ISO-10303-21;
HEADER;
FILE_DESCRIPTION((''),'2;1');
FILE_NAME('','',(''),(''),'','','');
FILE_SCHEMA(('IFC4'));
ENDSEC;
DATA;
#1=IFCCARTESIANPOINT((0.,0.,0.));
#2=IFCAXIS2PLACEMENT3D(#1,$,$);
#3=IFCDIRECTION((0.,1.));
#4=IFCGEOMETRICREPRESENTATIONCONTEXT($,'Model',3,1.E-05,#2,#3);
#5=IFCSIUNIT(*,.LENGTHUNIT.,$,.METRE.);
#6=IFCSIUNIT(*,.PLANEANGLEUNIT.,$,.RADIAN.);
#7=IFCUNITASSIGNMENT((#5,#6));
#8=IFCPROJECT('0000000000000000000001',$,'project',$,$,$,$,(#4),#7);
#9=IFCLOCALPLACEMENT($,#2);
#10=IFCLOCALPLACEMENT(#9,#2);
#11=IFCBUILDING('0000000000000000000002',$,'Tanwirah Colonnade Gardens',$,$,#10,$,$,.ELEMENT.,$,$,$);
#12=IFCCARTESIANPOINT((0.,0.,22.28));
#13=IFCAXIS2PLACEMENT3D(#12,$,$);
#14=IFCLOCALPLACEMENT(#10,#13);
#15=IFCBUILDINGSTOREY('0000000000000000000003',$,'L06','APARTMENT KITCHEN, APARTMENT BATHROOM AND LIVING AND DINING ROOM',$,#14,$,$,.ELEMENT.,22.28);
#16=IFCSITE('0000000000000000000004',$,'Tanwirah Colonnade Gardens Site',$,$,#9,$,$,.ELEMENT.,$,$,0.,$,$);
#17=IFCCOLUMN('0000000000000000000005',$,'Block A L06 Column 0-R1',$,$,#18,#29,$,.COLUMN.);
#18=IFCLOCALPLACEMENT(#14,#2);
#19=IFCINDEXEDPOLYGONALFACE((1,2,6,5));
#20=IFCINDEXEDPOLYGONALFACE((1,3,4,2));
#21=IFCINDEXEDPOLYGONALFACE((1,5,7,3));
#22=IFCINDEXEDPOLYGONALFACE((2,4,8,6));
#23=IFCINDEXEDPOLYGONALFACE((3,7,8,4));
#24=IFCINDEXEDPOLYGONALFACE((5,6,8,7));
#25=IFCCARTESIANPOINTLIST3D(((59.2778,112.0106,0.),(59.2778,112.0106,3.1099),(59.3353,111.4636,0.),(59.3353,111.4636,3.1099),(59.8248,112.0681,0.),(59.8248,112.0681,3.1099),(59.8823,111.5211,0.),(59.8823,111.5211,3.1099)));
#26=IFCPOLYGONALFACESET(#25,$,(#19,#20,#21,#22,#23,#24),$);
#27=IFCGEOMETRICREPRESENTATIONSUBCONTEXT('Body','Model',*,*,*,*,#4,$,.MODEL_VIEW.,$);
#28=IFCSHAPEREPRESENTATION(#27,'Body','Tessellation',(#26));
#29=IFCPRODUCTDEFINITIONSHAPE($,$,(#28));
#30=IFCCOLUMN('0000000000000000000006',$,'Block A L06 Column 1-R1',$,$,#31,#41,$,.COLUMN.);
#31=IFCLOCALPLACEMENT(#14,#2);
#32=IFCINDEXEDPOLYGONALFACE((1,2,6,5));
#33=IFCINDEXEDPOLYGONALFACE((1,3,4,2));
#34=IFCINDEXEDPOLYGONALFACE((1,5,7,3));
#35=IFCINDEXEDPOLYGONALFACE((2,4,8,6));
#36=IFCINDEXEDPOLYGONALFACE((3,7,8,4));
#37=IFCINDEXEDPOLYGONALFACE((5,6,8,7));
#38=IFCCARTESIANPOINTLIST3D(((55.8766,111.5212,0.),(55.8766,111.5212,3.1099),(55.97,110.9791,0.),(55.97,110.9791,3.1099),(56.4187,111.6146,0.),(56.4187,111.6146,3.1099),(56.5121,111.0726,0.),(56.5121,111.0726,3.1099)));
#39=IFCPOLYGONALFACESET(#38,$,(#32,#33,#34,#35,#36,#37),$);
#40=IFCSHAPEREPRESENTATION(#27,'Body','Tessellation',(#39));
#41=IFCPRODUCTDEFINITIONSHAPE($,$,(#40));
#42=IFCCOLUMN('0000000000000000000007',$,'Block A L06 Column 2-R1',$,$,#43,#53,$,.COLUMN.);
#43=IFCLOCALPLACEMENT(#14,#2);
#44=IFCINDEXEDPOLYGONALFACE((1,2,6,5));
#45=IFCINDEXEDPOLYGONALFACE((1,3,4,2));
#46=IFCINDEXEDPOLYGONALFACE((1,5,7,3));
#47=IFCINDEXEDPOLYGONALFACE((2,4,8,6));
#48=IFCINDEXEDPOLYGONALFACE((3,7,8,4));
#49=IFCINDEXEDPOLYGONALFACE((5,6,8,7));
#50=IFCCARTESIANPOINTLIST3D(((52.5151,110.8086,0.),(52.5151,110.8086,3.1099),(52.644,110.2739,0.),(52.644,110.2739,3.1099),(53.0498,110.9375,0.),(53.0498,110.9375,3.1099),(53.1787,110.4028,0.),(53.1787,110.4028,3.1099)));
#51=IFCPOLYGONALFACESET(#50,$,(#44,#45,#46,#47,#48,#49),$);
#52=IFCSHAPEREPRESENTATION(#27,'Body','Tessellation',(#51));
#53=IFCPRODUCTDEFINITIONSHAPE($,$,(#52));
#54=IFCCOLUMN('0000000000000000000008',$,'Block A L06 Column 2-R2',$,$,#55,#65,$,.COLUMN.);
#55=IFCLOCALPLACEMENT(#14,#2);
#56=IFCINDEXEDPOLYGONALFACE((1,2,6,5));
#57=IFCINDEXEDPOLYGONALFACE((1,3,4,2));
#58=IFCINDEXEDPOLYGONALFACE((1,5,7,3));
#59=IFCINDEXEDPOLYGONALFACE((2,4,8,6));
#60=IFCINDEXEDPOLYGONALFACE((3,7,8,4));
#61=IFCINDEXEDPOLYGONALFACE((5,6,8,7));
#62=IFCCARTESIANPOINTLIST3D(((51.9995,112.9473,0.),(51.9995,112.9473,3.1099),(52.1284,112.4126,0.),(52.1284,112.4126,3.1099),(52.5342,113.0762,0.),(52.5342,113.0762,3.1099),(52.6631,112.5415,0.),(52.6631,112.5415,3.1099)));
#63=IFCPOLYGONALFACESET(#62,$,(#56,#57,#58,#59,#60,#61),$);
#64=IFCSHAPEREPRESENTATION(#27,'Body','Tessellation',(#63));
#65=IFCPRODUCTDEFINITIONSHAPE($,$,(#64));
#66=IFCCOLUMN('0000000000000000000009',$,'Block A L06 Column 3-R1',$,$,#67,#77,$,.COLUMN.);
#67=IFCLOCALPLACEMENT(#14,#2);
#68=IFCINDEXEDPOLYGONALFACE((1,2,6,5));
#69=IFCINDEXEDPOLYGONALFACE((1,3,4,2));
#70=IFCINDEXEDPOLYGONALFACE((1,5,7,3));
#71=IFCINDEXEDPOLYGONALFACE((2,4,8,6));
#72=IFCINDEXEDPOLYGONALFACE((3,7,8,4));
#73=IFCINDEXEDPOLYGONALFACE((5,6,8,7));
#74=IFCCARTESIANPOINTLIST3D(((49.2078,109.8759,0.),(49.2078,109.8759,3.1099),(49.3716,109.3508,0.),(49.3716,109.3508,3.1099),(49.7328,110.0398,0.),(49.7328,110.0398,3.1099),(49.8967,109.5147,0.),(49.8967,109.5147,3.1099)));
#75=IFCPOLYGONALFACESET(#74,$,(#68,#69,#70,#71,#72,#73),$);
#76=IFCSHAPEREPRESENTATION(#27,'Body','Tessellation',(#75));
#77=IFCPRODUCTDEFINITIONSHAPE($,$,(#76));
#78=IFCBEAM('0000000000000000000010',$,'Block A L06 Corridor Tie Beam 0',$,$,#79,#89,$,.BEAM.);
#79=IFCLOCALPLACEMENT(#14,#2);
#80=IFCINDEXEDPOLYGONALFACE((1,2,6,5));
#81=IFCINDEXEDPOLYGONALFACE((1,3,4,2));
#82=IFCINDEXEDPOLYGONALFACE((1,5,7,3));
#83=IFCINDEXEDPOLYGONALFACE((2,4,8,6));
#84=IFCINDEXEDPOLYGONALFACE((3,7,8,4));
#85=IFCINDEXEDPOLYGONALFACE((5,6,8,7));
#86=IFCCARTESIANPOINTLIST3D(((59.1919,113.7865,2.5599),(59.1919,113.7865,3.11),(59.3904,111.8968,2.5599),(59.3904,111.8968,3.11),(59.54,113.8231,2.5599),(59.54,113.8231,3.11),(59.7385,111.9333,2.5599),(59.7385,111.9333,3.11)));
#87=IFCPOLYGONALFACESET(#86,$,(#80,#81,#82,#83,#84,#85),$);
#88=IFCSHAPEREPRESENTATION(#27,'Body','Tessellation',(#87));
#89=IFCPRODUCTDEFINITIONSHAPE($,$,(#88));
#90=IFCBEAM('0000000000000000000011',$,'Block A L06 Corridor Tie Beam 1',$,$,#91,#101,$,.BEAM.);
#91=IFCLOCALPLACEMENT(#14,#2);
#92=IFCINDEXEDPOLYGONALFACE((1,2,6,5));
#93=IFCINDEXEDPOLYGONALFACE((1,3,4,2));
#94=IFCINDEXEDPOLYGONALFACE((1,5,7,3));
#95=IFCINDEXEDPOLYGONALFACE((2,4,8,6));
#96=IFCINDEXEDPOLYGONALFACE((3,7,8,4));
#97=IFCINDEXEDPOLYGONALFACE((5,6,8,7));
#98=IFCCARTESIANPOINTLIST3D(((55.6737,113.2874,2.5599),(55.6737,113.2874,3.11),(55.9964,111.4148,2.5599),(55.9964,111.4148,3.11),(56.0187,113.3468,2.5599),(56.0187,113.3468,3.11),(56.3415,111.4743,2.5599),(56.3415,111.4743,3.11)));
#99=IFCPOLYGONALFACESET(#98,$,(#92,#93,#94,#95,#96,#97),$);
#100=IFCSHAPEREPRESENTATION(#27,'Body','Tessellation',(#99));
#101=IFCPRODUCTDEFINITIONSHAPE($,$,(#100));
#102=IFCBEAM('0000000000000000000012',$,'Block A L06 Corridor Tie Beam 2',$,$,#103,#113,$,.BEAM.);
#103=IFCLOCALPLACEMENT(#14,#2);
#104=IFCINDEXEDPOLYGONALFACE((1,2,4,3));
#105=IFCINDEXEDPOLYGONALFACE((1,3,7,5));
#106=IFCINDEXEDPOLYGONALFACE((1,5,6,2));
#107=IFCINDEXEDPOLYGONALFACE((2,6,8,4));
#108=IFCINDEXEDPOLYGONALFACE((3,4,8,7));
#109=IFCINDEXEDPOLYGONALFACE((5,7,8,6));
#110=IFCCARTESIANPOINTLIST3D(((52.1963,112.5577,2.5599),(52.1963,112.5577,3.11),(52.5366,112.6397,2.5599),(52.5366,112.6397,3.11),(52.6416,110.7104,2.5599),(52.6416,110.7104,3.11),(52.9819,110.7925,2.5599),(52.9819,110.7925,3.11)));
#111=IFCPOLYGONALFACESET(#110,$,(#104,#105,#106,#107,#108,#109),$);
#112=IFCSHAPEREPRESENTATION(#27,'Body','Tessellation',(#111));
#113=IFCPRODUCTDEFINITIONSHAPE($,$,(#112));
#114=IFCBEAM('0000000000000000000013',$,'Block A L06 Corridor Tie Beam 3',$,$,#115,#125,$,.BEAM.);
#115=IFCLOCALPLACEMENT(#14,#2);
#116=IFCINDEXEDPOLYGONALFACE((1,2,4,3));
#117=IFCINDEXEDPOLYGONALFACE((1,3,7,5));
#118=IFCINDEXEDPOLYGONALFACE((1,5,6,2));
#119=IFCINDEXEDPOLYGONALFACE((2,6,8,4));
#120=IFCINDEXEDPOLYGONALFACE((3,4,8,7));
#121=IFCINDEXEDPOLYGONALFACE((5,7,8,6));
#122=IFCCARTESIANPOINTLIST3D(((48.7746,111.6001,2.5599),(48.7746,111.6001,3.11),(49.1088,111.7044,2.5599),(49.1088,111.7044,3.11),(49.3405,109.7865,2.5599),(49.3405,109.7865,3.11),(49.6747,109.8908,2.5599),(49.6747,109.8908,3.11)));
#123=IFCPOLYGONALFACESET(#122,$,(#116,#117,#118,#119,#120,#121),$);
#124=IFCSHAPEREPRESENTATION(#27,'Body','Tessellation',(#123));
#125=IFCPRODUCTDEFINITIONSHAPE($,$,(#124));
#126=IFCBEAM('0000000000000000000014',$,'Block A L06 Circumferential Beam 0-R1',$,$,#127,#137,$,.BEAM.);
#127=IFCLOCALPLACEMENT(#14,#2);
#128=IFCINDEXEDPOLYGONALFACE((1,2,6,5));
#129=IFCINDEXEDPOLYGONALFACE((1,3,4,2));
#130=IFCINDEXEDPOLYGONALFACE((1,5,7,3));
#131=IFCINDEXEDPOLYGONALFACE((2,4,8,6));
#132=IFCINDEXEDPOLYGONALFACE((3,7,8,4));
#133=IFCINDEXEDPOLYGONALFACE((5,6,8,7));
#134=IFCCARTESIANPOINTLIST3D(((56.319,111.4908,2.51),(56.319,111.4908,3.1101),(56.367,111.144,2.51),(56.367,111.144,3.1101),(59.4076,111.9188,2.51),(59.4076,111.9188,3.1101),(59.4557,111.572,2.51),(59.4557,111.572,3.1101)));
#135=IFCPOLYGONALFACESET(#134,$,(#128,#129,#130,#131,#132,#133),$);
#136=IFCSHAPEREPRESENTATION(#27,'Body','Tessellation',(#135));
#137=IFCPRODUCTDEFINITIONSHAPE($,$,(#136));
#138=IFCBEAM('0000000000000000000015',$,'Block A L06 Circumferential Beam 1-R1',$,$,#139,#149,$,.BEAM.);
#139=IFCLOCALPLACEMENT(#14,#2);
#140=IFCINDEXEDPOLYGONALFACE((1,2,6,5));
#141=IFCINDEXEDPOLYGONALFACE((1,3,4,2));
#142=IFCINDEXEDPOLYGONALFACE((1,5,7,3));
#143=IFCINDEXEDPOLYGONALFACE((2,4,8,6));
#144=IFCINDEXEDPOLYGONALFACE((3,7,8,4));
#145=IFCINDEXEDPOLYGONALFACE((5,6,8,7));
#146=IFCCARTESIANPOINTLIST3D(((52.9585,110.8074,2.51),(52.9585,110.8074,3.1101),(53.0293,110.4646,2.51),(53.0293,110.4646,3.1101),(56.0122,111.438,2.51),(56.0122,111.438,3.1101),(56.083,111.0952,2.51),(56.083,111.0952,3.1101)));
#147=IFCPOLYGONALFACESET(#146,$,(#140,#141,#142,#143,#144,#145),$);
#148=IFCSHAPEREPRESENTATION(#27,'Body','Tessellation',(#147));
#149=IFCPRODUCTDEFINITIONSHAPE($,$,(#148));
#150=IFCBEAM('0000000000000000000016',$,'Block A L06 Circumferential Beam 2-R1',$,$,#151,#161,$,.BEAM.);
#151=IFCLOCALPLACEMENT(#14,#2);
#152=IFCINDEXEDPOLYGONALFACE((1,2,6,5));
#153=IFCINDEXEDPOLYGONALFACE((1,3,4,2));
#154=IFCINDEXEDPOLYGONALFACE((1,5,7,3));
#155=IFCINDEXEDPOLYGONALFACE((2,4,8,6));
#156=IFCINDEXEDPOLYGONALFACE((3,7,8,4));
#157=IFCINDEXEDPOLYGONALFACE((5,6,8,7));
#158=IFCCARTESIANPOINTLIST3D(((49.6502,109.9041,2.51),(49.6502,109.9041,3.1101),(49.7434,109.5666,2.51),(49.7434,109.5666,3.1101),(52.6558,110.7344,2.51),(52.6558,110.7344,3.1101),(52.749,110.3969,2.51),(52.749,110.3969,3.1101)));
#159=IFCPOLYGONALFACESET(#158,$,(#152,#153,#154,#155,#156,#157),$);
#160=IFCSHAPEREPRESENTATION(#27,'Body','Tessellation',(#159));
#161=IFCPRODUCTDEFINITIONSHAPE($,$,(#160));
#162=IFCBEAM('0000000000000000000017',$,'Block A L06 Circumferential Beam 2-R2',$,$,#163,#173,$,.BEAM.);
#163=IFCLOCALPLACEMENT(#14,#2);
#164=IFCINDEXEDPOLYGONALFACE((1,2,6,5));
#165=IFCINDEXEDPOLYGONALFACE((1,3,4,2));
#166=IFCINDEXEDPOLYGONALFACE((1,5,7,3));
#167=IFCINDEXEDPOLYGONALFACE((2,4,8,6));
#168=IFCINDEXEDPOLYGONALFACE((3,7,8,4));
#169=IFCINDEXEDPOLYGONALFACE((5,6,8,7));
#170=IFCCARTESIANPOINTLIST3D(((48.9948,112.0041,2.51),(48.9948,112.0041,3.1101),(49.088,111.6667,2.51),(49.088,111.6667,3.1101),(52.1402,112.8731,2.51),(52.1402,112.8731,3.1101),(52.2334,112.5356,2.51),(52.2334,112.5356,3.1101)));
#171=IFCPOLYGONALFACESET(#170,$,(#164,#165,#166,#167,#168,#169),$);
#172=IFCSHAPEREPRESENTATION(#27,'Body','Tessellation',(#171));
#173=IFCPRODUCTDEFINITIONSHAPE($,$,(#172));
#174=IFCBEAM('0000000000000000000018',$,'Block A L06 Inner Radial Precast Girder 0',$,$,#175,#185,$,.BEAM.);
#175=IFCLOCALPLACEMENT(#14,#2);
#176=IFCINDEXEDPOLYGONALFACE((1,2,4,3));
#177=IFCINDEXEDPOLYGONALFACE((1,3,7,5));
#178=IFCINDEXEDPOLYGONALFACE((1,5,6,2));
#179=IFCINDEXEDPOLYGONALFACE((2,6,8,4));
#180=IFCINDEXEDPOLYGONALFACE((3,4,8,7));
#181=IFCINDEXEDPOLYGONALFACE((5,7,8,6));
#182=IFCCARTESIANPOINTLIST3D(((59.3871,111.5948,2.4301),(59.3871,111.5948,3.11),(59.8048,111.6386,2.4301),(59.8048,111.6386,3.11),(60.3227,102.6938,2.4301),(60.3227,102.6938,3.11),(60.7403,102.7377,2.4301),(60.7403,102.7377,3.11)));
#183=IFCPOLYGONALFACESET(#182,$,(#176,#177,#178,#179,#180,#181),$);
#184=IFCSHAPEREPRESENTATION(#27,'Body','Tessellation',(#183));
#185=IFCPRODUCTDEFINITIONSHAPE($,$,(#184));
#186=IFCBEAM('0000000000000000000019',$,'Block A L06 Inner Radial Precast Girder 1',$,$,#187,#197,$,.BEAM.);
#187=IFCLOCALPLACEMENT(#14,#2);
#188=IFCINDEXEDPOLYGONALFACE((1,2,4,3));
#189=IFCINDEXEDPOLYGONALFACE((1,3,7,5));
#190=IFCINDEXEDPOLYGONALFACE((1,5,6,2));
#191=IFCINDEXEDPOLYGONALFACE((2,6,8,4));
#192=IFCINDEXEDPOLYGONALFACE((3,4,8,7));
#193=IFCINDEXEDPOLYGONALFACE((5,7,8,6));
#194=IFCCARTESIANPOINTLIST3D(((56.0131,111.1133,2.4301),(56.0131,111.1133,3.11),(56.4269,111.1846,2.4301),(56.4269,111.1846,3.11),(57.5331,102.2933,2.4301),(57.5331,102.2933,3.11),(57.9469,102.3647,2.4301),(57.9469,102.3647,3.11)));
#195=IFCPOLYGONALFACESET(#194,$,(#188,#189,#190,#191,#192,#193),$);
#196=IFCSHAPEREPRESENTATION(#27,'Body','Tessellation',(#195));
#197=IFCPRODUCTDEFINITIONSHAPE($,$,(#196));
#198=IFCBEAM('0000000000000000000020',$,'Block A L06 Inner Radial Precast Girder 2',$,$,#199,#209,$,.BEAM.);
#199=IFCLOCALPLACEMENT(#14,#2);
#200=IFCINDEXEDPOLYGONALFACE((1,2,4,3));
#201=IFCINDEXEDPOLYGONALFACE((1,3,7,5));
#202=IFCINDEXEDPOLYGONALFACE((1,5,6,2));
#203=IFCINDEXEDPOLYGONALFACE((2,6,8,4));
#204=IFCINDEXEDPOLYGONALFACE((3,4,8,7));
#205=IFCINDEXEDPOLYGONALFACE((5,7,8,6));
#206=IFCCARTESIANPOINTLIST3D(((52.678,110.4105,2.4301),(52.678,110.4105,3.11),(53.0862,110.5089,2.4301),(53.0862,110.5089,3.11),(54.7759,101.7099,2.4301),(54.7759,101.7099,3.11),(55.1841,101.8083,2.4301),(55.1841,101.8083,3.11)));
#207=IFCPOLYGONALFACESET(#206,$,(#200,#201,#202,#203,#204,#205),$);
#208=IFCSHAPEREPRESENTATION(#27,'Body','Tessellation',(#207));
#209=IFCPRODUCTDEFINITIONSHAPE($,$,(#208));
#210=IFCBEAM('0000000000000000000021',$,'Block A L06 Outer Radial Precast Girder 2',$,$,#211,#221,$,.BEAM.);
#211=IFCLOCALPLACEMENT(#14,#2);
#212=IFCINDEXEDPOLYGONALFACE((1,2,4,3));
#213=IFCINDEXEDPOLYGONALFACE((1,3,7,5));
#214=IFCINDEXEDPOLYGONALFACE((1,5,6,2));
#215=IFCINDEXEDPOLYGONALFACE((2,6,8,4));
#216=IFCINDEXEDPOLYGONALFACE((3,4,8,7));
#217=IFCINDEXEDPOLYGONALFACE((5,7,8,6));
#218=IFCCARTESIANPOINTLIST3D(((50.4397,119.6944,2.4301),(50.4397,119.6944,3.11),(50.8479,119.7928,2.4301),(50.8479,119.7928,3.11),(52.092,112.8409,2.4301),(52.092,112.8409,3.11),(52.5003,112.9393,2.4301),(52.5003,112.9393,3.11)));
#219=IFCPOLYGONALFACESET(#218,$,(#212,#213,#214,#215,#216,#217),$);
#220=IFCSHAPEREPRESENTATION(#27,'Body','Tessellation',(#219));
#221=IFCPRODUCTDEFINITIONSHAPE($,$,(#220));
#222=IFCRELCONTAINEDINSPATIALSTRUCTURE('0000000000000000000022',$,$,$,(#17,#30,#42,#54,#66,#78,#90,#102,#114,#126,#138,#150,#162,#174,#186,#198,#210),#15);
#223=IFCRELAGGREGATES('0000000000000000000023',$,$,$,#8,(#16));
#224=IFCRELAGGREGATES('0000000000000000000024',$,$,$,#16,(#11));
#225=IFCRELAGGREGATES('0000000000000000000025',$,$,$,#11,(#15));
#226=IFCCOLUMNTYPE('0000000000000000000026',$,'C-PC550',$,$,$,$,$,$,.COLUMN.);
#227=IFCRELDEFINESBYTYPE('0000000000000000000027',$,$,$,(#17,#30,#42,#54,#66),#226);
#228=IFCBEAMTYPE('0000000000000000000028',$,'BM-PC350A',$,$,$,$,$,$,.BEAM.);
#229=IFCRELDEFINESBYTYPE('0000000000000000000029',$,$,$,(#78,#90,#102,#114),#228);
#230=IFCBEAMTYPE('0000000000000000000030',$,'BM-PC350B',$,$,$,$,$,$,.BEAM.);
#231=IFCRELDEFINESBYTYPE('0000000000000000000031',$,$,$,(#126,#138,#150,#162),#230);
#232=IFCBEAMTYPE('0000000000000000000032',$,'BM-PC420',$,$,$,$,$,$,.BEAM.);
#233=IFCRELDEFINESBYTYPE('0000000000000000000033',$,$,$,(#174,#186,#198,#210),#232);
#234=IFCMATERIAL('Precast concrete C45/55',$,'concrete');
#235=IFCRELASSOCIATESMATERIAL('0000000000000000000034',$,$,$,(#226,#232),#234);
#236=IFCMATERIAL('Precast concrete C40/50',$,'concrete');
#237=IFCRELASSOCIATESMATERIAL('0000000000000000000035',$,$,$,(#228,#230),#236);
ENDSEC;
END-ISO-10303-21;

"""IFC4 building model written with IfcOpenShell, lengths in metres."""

from ifc_helpers import new_model, si_unit, direction, frame, origin, origin_2d, place, context, subcontext, project, spatial, rectangle, extrude, material, material_profile, profile_set, type_object, element, save


model = new_model("IFC4")

# Units and contexts
model_context = context("Model", 3, precision=1e-05, world=origin(), true_north=direction((0.0, 1.0)))
body_context = subcontext(model_context, "Body", "Model", "MODEL_VIEW")
ifc_project = project(units=[si_unit("LENGTHUNIT", "METRE"), si_unit("PLANEANGLEUNIT", "RADIAN")], contexts=[model_context])

# Site, building, storey
site_placement = place(None, origin())
site = spatial("IfcSite", under=ifc_project, at=site_placement, Name="Tanwirah Colonnade Gardens Site", CompositionType="ELEMENT", RefElevation=0.0)
building_placement = place(site_placement, origin())
building = spatial("IfcBuilding", under=site, at=building_placement, Name="Tanwirah Colonnade Gardens", CompositionType="ELEMENT")
storey_placement = place(building_placement, frame((0.0, 0.0, 22.28)))
storey = spatial("IfcBuildingStorey", under=building, at=storey_placement, Name="L06", Description="APARTMENT KITCHEN, APARTMENT BATHROOM AND LIVING AND DINING ROOM", CompositionType="ELEMENT", Elevation=22.28)

# Columns
ifc_material_1 = material(Name="Precast concrete C45/55", Category="concrete")
ifc_material_profile_1 = material_profile(ifc_material_1, rectangle(XDim=0.55, YDim=0.55, at=origin_2d()), Name="PC-COL 550x550")
ifc_profile_set_1 = profile_set([ifc_material_profile_1], Name="Precast concrete C45/55")
column_type = type_object("IfcColumnType", Name="C-PC550", PredefinedType="COLUMN", material=ifc_profile_set_1)
for number, where, z_axis, x_axis, name in (
    (1, (59.5801, 111.7659, 0.0), (0.0, 0.0, 1.0), (-0.104528, 0.994522, 0.0), "Block A L06 Column 0-R1"),
    (2, (56.1943, 111.2969, 0.0), (0.0, 0.0, 1.0), (-0.169827, 0.985474, 0.0), "Block A L06 Column 1-R1"),
    (3, (52.8469, 110.6057, 0.0), (0.0, 0.0, 1.0), (-0.234388, 0.972143, 0.0), "Block A L06 Column 2-R1"),
    (4, (52.3313, 112.7444, 0.0), (0.0, 0.0, 1.0), (-0.234388, 0.972143, 0.0), "Block A L06 Column 2-R2"),
    (5, (49.5522, 109.6953, 0.0), (0.0, 0.0, 1.0), (-0.29793, 0.954588, 0.0), "Block A L06 Column 3-R1"),
):
    element("IfcColumn", number, at=place(storey_placement, frame(where, z_axis=z_axis, x_axis=x_axis)), inside=storey, type_object=column_type, Name=name, PredefinedType="COLUMN", context=body_context, shape_type="SweptSolid", body=[
        extrude(rectangle(XDim=0.55, YDim=0.55, at=origin_2d()), origin(), (0.0, 0.0, 1.0), 3.1099),
    ])

# Beams
ifc_material_2 = material(Name="Precast concrete C40/50", Category="concrete")
ifc_material_profile_2 = material_profile(ifc_material_2, rectangle(XDim=0.3501, YDim=0.55, at=origin_2d()), Name="PC-BM 350x550")
ifc_profile_set_2 = profile_set([ifc_material_profile_2], Name="Precast concrete C40/50")
beam_type_1 = type_object("IfcBeamType", Name="BM-PC350A", PredefinedType="BEAM", material=ifc_profile_set_2)
for number, where, z_axis, x_axis, name in (
    (6, (59.5645, 111.915, 2.835), (-0.104464, 0.994529, 0.0), (-0.994529, -0.104464, 0.0), "Block A L06 Corridor Tie Beam 0"),
    (7, (56.1689, 111.4446, 2.835), (-0.169855, 0.985469, 0.0), (-0.985469, -0.169855, 0.0), "Block A L06 Corridor Tie Beam 1"),
    (8, (52.8118, 110.7515, 2.835), (-0.234364, 0.972149, 0.0), (-0.972149, -0.234364, 0.0), "Block A L06 Corridor Tie Beam 2"),
):
    element("IfcBeam", number, at=place(storey_placement, frame(where, z_axis=z_axis, x_axis=x_axis)), inside=storey, type_object=beam_type_1, Name=name, PredefinedType="BEAM", context=body_context, shape_type="SweptSolid", body=[
        extrude(rectangle(XDim=0.3501, YDim=0.55, at=origin_2d()), origin(), (0.0, 0.0, 1.0), 1.9001),
    ])
beam_1_placement = place(storey_placement, frame((49.5076, 109.8386, 2.835), z_axis=(-0.297858, 0.95461, 0.0), x_axis=(-0.95461, -0.297858, 0.0)))
element("IfcBeam", 9, at=beam_1_placement, inside=storey, type_object=beam_type_1, Name="Block A L06 Corridor Tie Beam 3", PredefinedType="BEAM", context=body_context, shape_type="SweptSolid", body=[
    extrude(rectangle(XDim=0.3501, YDim=0.55, at=origin_2d()), origin(), (0.0, 0.0, 1.0), 1.8999),
])
ifc_material_profile_3 = material_profile(ifc_material_2, rectangle(XDim=0.3501, YDim=0.6001, at=origin_2d()), Name="PC-BM 350x600")
ifc_profile_set_3 = profile_set([ifc_material_profile_3], Name="Precast concrete C40/50")
beam_type_2 = type_object("IfcBeamType", Name="BM-PC350B", PredefinedType="BEAM", material=ifc_profile_set_3)
for number, where, z_axis, x_axis, name in (
    (10, (59.4316, 111.7454, 2.8101), (-0.990536, -0.137255, 0.0), (0.137255, -0.990536, 0.0), "Block A L06 Circumferential Beam 0-R1"),
    (11, (56.0476, 111.2666, 2.8101), (-0.979336, -0.202241, 0.0), (0.202241, -0.979336, 0.0), "Block A L06 Circumferential Beam 1-R1"),
    (12, (52.7024, 110.5657, 2.8101), (-0.963895, -0.266283, 0.0), (0.266283, -0.963895, 0.0), "Block A L06 Circumferential Beam 2-R1"),
):
    element("IfcBeam", number, at=place(storey_placement, frame(where, z_axis=z_axis, x_axis=x_axis)), inside=storey, type_object=beam_type_2, Name=name, PredefinedType="BEAM", context=body_context, shape_type="SweptSolid", body=[
        extrude(rectangle(XDim=0.3501, YDim=0.6001, at=origin_2d()), origin(), (0.0, 0.0, 1.0), 3.1182),
    ])
beam_2_placement = place(storey_placement, frame((52.1868, 112.7043, 2.8101), z_axis=(-0.963895, -0.266281, 0.0), x_axis=(0.266281, -0.963895, 0.0)))
element("IfcBeam", 13, at=beam_2_placement, inside=storey, type_object=beam_type_2, Name="Block A L06 Circumferential Beam 2-R2", PredefinedType="BEAM", context=body_context, shape_type="SweptSolid", body=[
    extrude(rectangle(XDim=0.3501, YDim=0.6001, at=origin_2d()), origin(), (0.0, 0.0, 1.0), 3.2632),
])
ifc_material_profile_4 = material_profile(ifc_material_1, rectangle(XDim=0.4199, YDim=0.6799, at=origin_2d()), Name="PC-BM 420x680")
ifc_profile_set_4 = profile_set([ifc_material_profile_4], Name="Precast concrete C45/55")
beam_type_3 = type_object("IfcBeamType", Name="BM-PC420", PredefinedType="BEAM", material=ifc_profile_set_4)
for number, where, z_axis, x_axis, name in (
    (14, (59.5959, 111.6167, 2.77), (0.104531, -0.994522, 0.0), (0.994522, 0.104531, 0.0), "Block A L06 Inner Radial Precast Girder 0"),
    (15, (56.22, 111.1489, 2.77), (0.169837, -0.985472, 0.0), (0.985472, 0.169837, 0.0), "Block A L06 Inner Radial Precast Girder 1"),
    (16, (52.8821, 110.4597, 2.77), (0.234401, -0.97214, 0.0), (0.97214, 0.234401, 0.0), "Block A L06 Inner Radial Precast Girder 2"),
):
    element("IfcBeam", number, at=place(storey_placement, frame(where, z_axis=z_axis, x_axis=x_axis)), inside=storey, type_object=beam_type_3, Name=name, PredefinedType="BEAM", context=body_context, shape_type="SweptSolid", body=[
        extrude(rectangle(XDim=0.4199, YDim=0.6799, at=origin_2d()), origin(), (0.0, 0.0, 1.0), 8.95),
    ])
beam_3_placement = place(storey_placement, frame((52.2961, 112.8901, 2.77), z_axis=(-0.234379, 0.972145, 0.0), x_axis=(-0.972145, -0.234379, 0.0)))
element("IfcBeam", 17, at=beam_3_placement, inside=storey, type_object=beam_type_3, Name="Block A L06 Outer Radial Precast Girder 2", PredefinedType="BEAM", context=body_context, shape_type="SweptSolid", body=[
    extrude(rectangle(XDim=0.4199, YDim=0.6799, at=origin_2d()), origin(), (0.0, 0.0, 1.0), 7.0498),
])

save(model, "model.ifc")
